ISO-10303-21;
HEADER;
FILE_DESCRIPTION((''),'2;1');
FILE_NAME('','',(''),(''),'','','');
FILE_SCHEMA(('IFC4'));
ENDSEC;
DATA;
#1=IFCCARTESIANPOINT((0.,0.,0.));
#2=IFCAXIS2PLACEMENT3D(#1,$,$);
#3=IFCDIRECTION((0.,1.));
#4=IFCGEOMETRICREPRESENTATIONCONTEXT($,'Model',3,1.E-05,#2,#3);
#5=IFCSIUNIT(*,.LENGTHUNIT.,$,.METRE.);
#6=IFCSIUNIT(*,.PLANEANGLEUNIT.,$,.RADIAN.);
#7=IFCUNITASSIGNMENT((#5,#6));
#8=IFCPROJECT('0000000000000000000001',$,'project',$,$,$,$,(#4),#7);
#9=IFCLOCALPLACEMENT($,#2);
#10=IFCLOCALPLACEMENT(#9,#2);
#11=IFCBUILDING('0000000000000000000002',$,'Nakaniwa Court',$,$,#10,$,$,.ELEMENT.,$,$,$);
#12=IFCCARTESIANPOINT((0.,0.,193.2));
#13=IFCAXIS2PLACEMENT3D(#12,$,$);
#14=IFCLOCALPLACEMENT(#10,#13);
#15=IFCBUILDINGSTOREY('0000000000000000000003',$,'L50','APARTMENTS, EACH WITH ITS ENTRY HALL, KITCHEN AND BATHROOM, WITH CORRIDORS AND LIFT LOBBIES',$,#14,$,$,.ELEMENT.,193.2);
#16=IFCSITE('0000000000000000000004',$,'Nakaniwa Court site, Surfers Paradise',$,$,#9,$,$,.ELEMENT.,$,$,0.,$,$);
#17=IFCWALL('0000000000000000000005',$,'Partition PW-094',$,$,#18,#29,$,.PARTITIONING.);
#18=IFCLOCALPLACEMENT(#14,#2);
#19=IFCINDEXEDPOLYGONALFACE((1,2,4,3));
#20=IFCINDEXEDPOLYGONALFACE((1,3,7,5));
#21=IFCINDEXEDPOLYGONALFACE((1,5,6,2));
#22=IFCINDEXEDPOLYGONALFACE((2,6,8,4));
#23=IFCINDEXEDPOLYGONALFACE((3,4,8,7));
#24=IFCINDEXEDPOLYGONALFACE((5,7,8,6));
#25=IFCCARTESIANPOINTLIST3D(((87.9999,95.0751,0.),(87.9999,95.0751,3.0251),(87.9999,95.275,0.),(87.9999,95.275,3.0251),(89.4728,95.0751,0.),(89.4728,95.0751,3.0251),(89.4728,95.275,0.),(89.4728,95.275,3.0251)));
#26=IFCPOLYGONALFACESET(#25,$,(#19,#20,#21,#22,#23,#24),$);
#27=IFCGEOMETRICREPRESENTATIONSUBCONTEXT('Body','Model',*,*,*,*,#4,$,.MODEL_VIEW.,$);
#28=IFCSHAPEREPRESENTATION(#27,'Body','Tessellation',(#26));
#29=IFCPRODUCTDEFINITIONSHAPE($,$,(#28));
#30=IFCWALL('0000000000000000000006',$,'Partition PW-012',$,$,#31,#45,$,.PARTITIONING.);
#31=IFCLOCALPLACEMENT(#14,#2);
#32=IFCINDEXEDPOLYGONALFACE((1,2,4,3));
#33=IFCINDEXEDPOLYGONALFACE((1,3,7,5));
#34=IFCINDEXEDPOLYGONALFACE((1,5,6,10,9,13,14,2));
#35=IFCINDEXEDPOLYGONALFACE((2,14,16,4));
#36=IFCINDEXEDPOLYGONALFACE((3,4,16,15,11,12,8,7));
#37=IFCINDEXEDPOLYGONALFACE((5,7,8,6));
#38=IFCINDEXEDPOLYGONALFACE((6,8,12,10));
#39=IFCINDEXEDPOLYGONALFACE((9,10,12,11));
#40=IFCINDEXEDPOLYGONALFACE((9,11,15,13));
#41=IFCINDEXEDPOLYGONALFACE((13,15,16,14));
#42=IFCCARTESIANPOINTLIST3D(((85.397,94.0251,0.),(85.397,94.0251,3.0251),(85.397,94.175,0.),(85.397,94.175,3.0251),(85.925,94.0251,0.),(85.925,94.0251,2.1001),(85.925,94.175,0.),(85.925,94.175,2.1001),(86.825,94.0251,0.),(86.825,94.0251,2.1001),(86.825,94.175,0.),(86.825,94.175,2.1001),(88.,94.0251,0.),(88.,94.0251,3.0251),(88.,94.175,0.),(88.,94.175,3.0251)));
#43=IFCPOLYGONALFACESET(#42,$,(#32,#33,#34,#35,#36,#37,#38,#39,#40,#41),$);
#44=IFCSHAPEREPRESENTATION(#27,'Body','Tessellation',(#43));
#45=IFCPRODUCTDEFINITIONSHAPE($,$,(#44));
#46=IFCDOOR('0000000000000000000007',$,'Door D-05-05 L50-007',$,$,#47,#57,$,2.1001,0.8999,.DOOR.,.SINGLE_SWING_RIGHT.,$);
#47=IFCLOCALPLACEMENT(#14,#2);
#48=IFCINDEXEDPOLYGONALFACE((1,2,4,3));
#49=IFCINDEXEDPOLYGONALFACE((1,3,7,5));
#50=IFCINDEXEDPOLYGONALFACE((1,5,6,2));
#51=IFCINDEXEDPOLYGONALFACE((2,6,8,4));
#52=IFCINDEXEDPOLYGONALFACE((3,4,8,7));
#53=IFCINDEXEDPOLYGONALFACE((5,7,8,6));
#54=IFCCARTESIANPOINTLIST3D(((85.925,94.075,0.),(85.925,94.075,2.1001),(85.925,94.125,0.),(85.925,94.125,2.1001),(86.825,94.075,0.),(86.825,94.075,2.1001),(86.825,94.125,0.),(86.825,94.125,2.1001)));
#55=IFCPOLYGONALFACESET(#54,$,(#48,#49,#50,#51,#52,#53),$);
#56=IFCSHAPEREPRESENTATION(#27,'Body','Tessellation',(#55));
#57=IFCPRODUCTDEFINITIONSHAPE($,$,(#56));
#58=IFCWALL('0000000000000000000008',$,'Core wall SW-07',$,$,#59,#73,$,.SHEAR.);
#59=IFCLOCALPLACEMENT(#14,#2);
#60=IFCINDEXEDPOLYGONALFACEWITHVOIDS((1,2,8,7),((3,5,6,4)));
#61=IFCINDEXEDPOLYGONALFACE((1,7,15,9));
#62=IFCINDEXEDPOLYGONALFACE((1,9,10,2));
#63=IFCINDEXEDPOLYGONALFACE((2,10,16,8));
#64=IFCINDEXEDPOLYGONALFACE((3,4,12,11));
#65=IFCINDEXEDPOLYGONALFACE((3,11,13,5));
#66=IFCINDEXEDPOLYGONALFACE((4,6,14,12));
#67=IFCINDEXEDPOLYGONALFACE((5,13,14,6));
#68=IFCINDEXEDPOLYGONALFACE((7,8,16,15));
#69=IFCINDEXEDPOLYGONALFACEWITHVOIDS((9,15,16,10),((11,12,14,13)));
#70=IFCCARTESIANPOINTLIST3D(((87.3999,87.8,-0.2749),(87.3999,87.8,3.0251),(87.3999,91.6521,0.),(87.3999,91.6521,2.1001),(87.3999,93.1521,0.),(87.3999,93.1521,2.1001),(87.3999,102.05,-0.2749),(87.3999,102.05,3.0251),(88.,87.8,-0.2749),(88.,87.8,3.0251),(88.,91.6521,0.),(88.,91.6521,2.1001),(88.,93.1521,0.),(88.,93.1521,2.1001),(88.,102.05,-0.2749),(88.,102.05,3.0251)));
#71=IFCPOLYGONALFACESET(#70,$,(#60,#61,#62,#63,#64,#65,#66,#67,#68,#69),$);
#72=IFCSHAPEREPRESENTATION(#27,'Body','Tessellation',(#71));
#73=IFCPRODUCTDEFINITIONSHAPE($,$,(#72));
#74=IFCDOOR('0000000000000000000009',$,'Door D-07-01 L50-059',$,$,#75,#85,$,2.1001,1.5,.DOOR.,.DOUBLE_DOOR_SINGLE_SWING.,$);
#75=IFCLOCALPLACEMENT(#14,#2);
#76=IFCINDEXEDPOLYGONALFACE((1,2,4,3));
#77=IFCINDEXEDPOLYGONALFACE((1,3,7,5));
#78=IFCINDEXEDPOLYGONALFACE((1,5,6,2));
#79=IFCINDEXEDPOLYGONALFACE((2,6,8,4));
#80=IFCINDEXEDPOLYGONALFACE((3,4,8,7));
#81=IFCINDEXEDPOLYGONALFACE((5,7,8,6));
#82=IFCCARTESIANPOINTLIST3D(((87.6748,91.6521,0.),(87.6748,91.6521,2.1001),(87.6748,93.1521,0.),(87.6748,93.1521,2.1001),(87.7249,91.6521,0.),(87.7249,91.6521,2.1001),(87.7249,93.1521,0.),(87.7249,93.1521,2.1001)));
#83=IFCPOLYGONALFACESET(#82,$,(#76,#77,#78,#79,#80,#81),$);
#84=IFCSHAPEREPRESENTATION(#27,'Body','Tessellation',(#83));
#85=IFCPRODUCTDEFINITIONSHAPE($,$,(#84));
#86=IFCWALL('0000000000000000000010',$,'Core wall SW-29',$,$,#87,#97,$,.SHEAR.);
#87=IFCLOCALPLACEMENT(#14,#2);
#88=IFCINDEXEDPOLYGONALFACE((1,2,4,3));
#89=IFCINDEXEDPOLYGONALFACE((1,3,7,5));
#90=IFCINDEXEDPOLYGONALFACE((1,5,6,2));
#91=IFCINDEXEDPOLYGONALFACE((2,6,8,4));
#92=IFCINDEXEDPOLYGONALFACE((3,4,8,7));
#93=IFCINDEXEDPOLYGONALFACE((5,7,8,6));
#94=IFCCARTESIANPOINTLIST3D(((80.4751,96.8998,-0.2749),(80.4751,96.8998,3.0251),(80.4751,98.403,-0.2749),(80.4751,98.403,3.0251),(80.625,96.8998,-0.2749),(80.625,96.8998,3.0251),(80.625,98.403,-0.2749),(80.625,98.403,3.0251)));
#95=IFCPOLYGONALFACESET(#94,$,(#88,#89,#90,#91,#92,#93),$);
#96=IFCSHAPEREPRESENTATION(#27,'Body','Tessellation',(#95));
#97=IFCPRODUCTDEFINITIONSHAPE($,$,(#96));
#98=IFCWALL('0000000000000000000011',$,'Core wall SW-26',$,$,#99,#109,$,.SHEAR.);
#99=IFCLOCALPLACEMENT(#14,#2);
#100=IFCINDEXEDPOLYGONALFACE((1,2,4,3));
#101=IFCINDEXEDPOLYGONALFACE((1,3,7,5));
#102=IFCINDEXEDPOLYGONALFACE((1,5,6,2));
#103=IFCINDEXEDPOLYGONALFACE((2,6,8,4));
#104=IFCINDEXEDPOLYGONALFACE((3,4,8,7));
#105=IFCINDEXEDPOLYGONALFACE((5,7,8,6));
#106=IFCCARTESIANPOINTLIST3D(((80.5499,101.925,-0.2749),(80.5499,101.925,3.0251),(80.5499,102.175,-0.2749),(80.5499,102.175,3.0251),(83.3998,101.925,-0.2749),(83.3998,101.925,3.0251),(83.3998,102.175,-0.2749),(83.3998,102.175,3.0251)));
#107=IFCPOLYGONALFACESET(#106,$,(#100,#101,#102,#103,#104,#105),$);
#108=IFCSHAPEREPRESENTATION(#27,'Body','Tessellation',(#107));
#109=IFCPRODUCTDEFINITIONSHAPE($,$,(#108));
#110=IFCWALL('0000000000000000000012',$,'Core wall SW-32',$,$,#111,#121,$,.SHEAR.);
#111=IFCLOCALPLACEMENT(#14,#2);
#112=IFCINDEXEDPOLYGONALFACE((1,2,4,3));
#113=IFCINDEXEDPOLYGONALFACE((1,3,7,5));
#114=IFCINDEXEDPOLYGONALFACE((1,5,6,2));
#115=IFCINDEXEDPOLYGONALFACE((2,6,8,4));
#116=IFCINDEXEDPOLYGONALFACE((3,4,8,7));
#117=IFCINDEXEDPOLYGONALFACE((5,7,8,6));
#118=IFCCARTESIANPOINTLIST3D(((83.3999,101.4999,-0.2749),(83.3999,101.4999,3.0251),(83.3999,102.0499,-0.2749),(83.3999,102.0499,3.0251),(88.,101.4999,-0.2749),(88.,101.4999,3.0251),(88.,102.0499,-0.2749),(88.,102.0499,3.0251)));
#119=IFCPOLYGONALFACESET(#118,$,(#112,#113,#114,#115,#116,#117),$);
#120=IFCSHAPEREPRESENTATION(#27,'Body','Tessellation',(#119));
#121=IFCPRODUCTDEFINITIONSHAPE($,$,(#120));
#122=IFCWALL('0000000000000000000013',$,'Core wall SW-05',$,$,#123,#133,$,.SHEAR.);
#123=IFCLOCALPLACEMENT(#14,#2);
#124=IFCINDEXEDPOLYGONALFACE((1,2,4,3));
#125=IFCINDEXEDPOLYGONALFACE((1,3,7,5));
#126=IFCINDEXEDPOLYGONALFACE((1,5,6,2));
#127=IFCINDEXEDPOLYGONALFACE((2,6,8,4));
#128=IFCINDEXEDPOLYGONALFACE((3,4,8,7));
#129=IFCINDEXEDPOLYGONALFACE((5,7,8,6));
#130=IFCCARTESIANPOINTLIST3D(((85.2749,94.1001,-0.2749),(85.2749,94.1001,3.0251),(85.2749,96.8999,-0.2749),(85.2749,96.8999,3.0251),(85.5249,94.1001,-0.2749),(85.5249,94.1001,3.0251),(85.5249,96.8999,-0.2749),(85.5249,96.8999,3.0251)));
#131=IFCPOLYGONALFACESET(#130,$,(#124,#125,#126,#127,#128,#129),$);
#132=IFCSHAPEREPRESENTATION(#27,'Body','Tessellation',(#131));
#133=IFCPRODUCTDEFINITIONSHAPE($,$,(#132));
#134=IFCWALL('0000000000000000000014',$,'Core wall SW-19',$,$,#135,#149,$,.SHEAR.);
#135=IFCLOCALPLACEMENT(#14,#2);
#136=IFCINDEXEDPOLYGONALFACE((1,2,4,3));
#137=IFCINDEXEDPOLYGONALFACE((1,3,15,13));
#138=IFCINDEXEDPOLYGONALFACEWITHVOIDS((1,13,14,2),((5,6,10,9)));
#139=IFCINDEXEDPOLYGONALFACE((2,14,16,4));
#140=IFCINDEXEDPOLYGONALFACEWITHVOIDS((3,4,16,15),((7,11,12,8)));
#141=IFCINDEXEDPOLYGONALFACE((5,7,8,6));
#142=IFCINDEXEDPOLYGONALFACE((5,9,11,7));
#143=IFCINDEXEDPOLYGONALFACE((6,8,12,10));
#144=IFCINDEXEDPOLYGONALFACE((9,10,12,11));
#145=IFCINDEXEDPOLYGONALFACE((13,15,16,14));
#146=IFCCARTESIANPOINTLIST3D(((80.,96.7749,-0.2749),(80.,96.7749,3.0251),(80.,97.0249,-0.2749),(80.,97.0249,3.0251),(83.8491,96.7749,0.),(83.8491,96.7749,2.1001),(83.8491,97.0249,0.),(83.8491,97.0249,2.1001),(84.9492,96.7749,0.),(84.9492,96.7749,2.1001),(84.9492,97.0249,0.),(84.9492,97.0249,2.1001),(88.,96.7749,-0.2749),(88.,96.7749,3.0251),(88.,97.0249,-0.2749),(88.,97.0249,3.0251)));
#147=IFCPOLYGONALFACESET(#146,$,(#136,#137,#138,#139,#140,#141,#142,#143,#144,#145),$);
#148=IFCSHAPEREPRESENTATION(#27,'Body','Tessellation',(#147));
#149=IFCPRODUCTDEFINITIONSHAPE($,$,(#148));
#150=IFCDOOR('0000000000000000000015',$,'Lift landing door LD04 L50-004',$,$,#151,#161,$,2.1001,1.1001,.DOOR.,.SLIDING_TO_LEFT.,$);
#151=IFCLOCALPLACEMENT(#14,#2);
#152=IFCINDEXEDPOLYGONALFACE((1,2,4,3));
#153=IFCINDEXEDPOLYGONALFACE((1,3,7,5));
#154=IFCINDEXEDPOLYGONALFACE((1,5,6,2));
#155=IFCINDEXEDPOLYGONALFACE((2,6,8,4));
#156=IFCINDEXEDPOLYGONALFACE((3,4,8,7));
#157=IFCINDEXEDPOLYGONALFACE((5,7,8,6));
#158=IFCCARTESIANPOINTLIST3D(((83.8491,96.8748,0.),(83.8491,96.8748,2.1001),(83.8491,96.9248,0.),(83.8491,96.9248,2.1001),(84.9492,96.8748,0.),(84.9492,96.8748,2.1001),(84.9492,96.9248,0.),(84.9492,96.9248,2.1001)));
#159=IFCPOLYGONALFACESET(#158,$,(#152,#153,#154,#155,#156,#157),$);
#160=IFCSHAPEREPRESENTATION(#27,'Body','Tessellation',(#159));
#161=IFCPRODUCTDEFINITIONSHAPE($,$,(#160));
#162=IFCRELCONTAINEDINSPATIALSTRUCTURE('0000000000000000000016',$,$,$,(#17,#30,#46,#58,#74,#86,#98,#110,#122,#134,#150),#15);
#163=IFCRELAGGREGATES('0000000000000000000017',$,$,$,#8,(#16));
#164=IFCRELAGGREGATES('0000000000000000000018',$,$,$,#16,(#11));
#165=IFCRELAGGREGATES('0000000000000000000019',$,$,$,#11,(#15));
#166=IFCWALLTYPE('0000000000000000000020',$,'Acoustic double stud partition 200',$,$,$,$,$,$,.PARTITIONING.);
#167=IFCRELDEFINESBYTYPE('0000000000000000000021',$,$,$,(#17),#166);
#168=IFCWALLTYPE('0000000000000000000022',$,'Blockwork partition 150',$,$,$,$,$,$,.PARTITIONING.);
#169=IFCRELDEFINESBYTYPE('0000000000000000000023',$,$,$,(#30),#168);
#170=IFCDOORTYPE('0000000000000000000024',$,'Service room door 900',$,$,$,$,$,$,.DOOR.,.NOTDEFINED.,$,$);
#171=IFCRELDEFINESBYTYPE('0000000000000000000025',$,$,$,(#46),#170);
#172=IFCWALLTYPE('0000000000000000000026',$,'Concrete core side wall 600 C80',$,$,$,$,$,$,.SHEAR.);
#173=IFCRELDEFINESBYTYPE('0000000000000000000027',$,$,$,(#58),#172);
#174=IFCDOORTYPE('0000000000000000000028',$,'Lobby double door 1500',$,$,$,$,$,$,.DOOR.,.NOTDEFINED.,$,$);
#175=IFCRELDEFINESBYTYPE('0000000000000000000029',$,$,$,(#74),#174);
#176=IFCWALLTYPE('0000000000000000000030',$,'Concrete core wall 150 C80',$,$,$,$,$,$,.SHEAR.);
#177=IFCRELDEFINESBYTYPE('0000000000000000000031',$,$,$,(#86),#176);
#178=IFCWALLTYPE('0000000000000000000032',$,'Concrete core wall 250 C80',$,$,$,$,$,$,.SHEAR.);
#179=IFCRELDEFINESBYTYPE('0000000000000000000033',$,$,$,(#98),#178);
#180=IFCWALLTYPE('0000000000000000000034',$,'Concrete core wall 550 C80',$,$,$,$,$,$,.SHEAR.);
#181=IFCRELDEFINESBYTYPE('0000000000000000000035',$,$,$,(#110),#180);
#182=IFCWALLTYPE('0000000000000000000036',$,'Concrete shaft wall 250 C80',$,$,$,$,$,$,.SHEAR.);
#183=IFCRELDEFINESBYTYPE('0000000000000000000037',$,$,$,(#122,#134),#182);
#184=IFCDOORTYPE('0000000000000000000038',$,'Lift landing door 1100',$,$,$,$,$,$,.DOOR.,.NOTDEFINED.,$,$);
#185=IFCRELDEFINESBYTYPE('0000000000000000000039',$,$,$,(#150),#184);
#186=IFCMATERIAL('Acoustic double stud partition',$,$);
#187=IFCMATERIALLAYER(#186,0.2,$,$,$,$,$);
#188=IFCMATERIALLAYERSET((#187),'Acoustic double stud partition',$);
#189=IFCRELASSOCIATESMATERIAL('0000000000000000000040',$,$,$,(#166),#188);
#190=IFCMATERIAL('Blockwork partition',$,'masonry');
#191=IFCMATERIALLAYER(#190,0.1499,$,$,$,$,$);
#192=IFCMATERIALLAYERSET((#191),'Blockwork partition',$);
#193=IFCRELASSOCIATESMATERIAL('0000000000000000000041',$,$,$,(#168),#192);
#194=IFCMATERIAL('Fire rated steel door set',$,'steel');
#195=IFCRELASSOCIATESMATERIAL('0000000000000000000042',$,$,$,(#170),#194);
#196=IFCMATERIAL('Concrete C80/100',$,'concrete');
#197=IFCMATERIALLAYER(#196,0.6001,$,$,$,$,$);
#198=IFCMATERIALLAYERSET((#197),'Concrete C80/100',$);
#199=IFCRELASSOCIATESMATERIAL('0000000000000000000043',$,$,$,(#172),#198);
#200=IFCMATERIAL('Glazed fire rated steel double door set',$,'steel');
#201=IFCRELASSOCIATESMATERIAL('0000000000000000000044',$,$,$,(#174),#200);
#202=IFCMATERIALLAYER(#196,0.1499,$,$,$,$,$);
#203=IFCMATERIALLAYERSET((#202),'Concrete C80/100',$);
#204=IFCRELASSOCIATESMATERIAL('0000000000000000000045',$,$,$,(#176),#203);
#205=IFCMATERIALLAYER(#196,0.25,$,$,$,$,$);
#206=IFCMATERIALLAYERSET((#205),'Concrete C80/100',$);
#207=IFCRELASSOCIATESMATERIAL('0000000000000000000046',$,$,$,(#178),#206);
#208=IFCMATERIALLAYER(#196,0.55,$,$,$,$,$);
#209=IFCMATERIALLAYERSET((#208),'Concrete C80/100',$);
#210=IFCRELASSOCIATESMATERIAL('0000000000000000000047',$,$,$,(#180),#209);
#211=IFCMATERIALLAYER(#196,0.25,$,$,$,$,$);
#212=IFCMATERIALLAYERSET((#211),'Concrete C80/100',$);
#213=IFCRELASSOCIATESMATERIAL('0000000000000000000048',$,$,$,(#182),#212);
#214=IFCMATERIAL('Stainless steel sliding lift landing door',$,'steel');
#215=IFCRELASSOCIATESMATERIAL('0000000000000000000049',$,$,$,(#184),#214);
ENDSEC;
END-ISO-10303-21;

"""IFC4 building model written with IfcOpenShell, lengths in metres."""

from ifc_helpers import new_model, si_unit, direction, frame, frame_2d, origin, place, context, subcontext, project, spatial, rectangle, extrude, material, layer, layer_set, type_object, element, fill, save


model = new_model("IFC4")

# Units and contexts
model_context = context("Model", 3, precision=1e-05, world=origin(), true_north=direction((0.0, 1.0)))
body_context = subcontext(model_context, "Body", "Model", "MODEL_VIEW")
ifc_project = project(units=[si_unit("LENGTHUNIT", "METRE"), si_unit("PLANEANGLEUNIT", "RADIAN")], contexts=[model_context])

# Site, building, storey
site_placement = place(None, origin())
site = spatial("IfcSite", under=ifc_project, at=site_placement, Name="Nakaniwa Court site, Surfers Paradise", CompositionType="ELEMENT", RefElevation=0.0)
building_placement = place(site_placement, origin())
building = spatial("IfcBuilding", under=site, at=building_placement, Name="Nakaniwa Court", CompositionType="ELEMENT")
storey_placement = place(building_placement, frame((0.0, 0.0, 193.2)))
storey = spatial("IfcBuildingStorey", under=building, at=storey_placement, Name="L50", Description="APARTMENTS, EACH WITH ITS ENTRY HALL, KITCHEN AND BATHROOM, WITH CORRIDORS AND LIFT LOBBIES", CompositionType="ELEMENT", Elevation=193.2)

# Wall
ifc_material_1 = material(Name="Acoustic double stud partition")
ifc_layer_1 = layer(ifc_material_1, 0.2)
ifc_layer_set_1 = layer_set([ifc_layer_1], Name="Acoustic double stud partition")
wall_type_1 = type_object("IfcWallType", Name="Acoustic double stud partition 200", PredefinedType="PARTITIONING", material=ifc_layer_set_1)
wall_1_placement = place(storey_placement, frame((88.0, 95.175, 0.0), z_axis=(0.0, 0.0, 1.0), x_axis=(1.0, 0.0, 0.0)))
element("IfcWall", 1, at=wall_1_placement, inside=storey, type_object=wall_type_1, Name="Partition PW-094", PredefinedType="PARTITIONING", context=body_context, shape_type="SweptSolid", body=[
    extrude(rectangle(XDim=1.4729, YDim=0.2, at=frame_2d((0.7363, 0.0))), origin(), (0.0, 0.0, 1.0), 3.0251),
])

# Walls, openings, doors
ifc_material_2 = material(Name="Blockwork partition", Category="masonry")
ifc_layer_2 = layer(ifc_material_2, 0.1499)
ifc_layer_set_2 = layer_set([ifc_layer_2], Name="Blockwork partition")
wall_type_2 = type_object("IfcWallType", Name="Blockwork partition 150", PredefinedType="PARTITIONING", material=ifc_layer_set_2)
wall_2_placement = place(storey_placement, frame((85.397, 94.1001, 0.0), z_axis=(0.0, 0.0, 1.0), x_axis=(1.0, 0.0, 0.0)))
wall_2 = element("IfcWall", 2, at=wall_2_placement, inside=storey, type_object=wall_type_2, Name="Partition PW-012", PredefinedType="PARTITIONING", context=body_context, shape_type="SweptSolid", body=[
    extrude(rectangle(XDim=2.603, YDim=0.1499, at=frame_2d((1.3015, 0.0))), origin(), (0.0, 0.0, 1.0), 3.0251),
])
opening_1_placement = place(wall_2_placement, frame((0.5281, 0.0, 0.0)))
opening_1 = element("IfcOpeningElement", 3, at=opening_1_placement, cuts=wall_2, PredefinedType="OPENING", context=body_context, shape_type="SweptSolid", body=[
    extrude(rectangle(XDim=0.8999, YDim=2.1001, at=frame_2d((0.45, 1.05))), frame((0.0, 0.085, 0.0), z_axis=(0.0, -1.0, 0.0), x_axis=(1.0, 0.0, 0.0)), (0.0, 0.0, 1.0), 0.1699),
])
ifc_material_3 = material(Name="Fire rated steel door set", Category="steel")
door_type_1 = type_object("IfcDoorType", Name="Service room door 900", OperationType="NOTDEFINED", PredefinedType="DOOR", material=ifc_material_3)
door_1_placement = place(opening_1_placement, origin())
door_1 = element("IfcDoor", 4, at=door_1_placement, inside=storey, type_object=door_type_1, Name="Door D-05-05 L50-007", OperationType="SINGLE_SWING_RIGHT", OverallHeight=2.1001, OverallWidth=0.8999, PredefinedType="DOOR", context=body_context, shape_type="SweptSolid", body=[
    extrude(rectangle(XDim=0.8999, YDim=2.1001, at=frame_2d((0.45, 1.05))), frame((0.0, 0.0249, 0.0), z_axis=(0.0, -1.0, 0.0), x_axis=(1.0, 0.0, 0.0)), (0.0, 0.0, 1.0), 0.05),
])
fill(opening_1, door_1)
ifc_material_4 = material(Name="Concrete C80/100", Category="concrete")
ifc_layer_3 = layer(ifc_material_4, 0.6001)
ifc_layer_set_3 = layer_set([ifc_layer_3], Name="Concrete C80/100")
wall_type_3 = type_object("IfcWallType", Name="Concrete core side wall 600 C80", PredefinedType="SHEAR", material=ifc_layer_set_3)
wall_3_placement = place(storey_placement, frame((87.7, 102.05, -0.2749), z_axis=(0.0, 0.0, 1.0), x_axis=(0.0, -1.0, 0.0)))
wall_3 = element("IfcWall", 5, at=wall_3_placement, inside=storey, type_object=wall_type_3, Name="Core wall SW-07", PredefinedType="SHEAR", context=body_context, shape_type="SweptSolid", body=[
    extrude(rectangle(XDim=14.25, YDim=0.6001, at=frame_2d((7.125, 0.0))), origin(), (0.0, 0.0, 1.0), 3.3),
])
opening_2_placement = place(wall_3_placement, frame((8.8979, 0.0, 0.2749)))
opening_2 = element("IfcOpeningElement", 6, at=opening_2_placement, cuts=wall_3, PredefinedType="OPENING", context=body_context, shape_type="SweptSolid", body=[
    extrude(rectangle(XDim=1.5, YDim=2.1001, at=frame_2d((0.75, 1.05))), frame((0.0, 0.3101, 0.0), z_axis=(0.0, -1.0, 0.0), x_axis=(1.0, 0.0, 0.0)), (0.0, 0.0, 1.0), 0.6201),
])
ifc_material_5 = material(Name="Glazed fire rated steel double door set", Category="steel")
door_type_2 = type_object("IfcDoorType", Name="Lobby double door 1500", OperationType="NOTDEFINED", PredefinedType="DOOR", material=ifc_material_5)
door_2_placement = place(opening_2_placement, origin())
door_2 = element("IfcDoor", 7, at=door_2_placement, inside=storey, type_object=door_type_2, Name="Door D-07-01 L50-059", OperationType="DOUBLE_DOOR_SINGLE_SWING", OverallHeight=2.1001, OverallWidth=1.5, PredefinedType="DOOR", context=body_context, shape_type="SweptSolid", body=[
    extrude(rectangle(XDim=1.5, YDim=2.1001, at=frame_2d((0.75, 1.05))), frame((0.0, 0.0249, 0.0), z_axis=(0.0, -1.0, 0.0), x_axis=(1.0, 0.0, 0.0)), (0.0, 0.0, 1.0), 0.05),
])
fill(opening_2, door_2)

# Walls
ifc_layer_4 = layer(ifc_material_4, 0.1499)
ifc_layer_set_4 = layer_set([ifc_layer_4], Name="Concrete C80/100")
wall_type_4 = type_object("IfcWallType", Name="Concrete core wall 150 C80", PredefinedType="SHEAR", material=ifc_layer_set_4)
wall_4_placement = place(storey_placement, frame((80.55, 96.8999, -0.2749), z_axis=(0.0, 0.0, 1.0), x_axis=(0.0, 1.0, 0.0)))
element("IfcWall", 8, at=wall_4_placement, inside=storey, type_object=wall_type_4, Name="Core wall SW-29", PredefinedType="SHEAR", context=body_context, shape_type="SweptSolid", body=[
    extrude(rectangle(XDim=1.5032, YDim=0.1499, at=frame_2d((0.7515, 0.0))), origin(), (0.0, 0.0, 1.0), 3.3),
])
ifc_layer_5 = layer(ifc_material_4, 0.25)
ifc_layer_set_5 = layer_set([ifc_layer_5], Name="Concrete C80/100")
wall_type_5 = type_object("IfcWallType", Name="Concrete core wall 250 C80", PredefinedType="SHEAR", material=ifc_layer_set_5)
wall_5_placement = place(storey_placement, frame((80.55, 102.05, -0.2749), z_axis=(0.0, 0.0, 1.0), x_axis=(1.0, 0.0, 0.0)))
element("IfcWall", 9, at=wall_5_placement, inside=storey, type_object=wall_type_5, Name="Core wall SW-26", PredefinedType="SHEAR", context=body_context, shape_type="SweptSolid", body=[
    extrude(rectangle(XDim=2.8499, YDim=0.25, at=frame_2d((1.4248, 0.0))), origin(), (0.0, 0.0, 1.0), 3.3),
])
ifc_layer_6 = layer(ifc_material_4, 0.55)
ifc_layer_set_6 = layer_set([ifc_layer_6], Name="Concrete C80/100")
wall_type_6 = type_object("IfcWallType", Name="Concrete core wall 550 C80", PredefinedType="SHEAR", material=ifc_layer_set_6)
wall_6_placement = place(storey_placement, frame((83.3999, 101.7749, -0.2749), z_axis=(0.0, 0.0, 1.0), x_axis=(1.0, 0.0, 0.0)))
element("IfcWall", 10, at=wall_6_placement, inside=storey, type_object=wall_type_6, Name="Core wall SW-32", PredefinedType="SHEAR", context=body_context, shape_type="SweptSolid", body=[
    extrude(rectangle(XDim=4.6001, YDim=0.55, at=frame_2d((2.3, 0.0))), origin(), (0.0, 0.0, 1.0), 3.3),
])
ifc_layer_7 = layer(ifc_material_4, 0.25)
ifc_layer_set_7 = layer_set([ifc_layer_7], Name="Concrete C80/100")
wall_type_7 = type_object("IfcWallType", Name="Concrete shaft wall 250 C80", PredefinedType="SHEAR", material=ifc_layer_set_7)
wall_7_placement = place(storey_placement, frame((85.3999, 94.1001, -0.2749), z_axis=(0.0, 0.0, 1.0), x_axis=(0.0, 1.0, 0.0)))
element("IfcWall", 11, at=wall_7_placement, inside=storey, type_object=wall_type_7, Name="Core wall SW-05", PredefinedType="SHEAR", context=body_context, shape_type="SweptSolid", body=[
    extrude(rectangle(XDim=2.7998, YDim=0.25, at=frame_2d((1.3999, 0.0))), origin(), (0.0, 0.0, 1.0), 3.3),
])

# Wall, opening, door
wall_8_placement = place(storey_placement, frame((80.0, 96.8999, -0.2749), z_axis=(0.0, 0.0, 1.0), x_axis=(1.0, 0.0, 0.0)))
wall_8 = element("IfcWall", 12, at=wall_8_placement, inside=storey, type_object=wall_type_7, Name="Core wall SW-19", PredefinedType="SHEAR", context=body_context, shape_type="SweptSolid", body=[
    extrude(rectangle(XDim=8.0, YDim=0.25, at=frame_2d((4.0, 0.0))), origin(), (0.0, 0.0, 1.0), 3.3),
])
opening_3_placement = place(wall_8_placement, frame((3.8491, 0.0, 0.2749)))
opening_3 = element("IfcOpeningElement", 13, at=opening_3_placement, cuts=wall_8, PredefinedType="OPENING", context=body_context, shape_type="SweptSolid", body=[
    extrude(rectangle(XDim=1.1001, YDim=2.1001, at=frame_2d((0.55, 1.05))), frame((0.0, 0.135, 0.0), z_axis=(0.0, -1.0, 0.0), x_axis=(1.0, 0.0, 0.0)), (0.0, 0.0, 1.0), 0.27),
])
ifc_material_6 = material(Name="Stainless steel sliding lift landing door", Category="steel")
door_type_3 = type_object("IfcDoorType", Name="Lift landing door 1100", OperationType="NOTDEFINED", PredefinedType="DOOR", material=ifc_material_6)
door_3_placement = place(opening_3_placement, origin())
door_3 = element("IfcDoor", 14, at=door_3_placement, inside=storey, type_object=door_type_3, Name="Lift landing door LD04 L50-004", OperationType="SLIDING_TO_LEFT", OverallHeight=2.1001, OverallWidth=1.1001, PredefinedType="DOOR", context=body_context, shape_type="SweptSolid", body=[
    extrude(rectangle(XDim=1.1001, YDim=2.1001, at=frame_2d((0.55, 1.05))), frame((0.0, 0.0249, 0.0), z_axis=(0.0, -1.0, 0.0), x_axis=(1.0, 0.0, 0.0)), (0.0, 0.0, 1.0), 0.05),
])
fill(opening_3, door_3)

save(model, "model.ifc")
